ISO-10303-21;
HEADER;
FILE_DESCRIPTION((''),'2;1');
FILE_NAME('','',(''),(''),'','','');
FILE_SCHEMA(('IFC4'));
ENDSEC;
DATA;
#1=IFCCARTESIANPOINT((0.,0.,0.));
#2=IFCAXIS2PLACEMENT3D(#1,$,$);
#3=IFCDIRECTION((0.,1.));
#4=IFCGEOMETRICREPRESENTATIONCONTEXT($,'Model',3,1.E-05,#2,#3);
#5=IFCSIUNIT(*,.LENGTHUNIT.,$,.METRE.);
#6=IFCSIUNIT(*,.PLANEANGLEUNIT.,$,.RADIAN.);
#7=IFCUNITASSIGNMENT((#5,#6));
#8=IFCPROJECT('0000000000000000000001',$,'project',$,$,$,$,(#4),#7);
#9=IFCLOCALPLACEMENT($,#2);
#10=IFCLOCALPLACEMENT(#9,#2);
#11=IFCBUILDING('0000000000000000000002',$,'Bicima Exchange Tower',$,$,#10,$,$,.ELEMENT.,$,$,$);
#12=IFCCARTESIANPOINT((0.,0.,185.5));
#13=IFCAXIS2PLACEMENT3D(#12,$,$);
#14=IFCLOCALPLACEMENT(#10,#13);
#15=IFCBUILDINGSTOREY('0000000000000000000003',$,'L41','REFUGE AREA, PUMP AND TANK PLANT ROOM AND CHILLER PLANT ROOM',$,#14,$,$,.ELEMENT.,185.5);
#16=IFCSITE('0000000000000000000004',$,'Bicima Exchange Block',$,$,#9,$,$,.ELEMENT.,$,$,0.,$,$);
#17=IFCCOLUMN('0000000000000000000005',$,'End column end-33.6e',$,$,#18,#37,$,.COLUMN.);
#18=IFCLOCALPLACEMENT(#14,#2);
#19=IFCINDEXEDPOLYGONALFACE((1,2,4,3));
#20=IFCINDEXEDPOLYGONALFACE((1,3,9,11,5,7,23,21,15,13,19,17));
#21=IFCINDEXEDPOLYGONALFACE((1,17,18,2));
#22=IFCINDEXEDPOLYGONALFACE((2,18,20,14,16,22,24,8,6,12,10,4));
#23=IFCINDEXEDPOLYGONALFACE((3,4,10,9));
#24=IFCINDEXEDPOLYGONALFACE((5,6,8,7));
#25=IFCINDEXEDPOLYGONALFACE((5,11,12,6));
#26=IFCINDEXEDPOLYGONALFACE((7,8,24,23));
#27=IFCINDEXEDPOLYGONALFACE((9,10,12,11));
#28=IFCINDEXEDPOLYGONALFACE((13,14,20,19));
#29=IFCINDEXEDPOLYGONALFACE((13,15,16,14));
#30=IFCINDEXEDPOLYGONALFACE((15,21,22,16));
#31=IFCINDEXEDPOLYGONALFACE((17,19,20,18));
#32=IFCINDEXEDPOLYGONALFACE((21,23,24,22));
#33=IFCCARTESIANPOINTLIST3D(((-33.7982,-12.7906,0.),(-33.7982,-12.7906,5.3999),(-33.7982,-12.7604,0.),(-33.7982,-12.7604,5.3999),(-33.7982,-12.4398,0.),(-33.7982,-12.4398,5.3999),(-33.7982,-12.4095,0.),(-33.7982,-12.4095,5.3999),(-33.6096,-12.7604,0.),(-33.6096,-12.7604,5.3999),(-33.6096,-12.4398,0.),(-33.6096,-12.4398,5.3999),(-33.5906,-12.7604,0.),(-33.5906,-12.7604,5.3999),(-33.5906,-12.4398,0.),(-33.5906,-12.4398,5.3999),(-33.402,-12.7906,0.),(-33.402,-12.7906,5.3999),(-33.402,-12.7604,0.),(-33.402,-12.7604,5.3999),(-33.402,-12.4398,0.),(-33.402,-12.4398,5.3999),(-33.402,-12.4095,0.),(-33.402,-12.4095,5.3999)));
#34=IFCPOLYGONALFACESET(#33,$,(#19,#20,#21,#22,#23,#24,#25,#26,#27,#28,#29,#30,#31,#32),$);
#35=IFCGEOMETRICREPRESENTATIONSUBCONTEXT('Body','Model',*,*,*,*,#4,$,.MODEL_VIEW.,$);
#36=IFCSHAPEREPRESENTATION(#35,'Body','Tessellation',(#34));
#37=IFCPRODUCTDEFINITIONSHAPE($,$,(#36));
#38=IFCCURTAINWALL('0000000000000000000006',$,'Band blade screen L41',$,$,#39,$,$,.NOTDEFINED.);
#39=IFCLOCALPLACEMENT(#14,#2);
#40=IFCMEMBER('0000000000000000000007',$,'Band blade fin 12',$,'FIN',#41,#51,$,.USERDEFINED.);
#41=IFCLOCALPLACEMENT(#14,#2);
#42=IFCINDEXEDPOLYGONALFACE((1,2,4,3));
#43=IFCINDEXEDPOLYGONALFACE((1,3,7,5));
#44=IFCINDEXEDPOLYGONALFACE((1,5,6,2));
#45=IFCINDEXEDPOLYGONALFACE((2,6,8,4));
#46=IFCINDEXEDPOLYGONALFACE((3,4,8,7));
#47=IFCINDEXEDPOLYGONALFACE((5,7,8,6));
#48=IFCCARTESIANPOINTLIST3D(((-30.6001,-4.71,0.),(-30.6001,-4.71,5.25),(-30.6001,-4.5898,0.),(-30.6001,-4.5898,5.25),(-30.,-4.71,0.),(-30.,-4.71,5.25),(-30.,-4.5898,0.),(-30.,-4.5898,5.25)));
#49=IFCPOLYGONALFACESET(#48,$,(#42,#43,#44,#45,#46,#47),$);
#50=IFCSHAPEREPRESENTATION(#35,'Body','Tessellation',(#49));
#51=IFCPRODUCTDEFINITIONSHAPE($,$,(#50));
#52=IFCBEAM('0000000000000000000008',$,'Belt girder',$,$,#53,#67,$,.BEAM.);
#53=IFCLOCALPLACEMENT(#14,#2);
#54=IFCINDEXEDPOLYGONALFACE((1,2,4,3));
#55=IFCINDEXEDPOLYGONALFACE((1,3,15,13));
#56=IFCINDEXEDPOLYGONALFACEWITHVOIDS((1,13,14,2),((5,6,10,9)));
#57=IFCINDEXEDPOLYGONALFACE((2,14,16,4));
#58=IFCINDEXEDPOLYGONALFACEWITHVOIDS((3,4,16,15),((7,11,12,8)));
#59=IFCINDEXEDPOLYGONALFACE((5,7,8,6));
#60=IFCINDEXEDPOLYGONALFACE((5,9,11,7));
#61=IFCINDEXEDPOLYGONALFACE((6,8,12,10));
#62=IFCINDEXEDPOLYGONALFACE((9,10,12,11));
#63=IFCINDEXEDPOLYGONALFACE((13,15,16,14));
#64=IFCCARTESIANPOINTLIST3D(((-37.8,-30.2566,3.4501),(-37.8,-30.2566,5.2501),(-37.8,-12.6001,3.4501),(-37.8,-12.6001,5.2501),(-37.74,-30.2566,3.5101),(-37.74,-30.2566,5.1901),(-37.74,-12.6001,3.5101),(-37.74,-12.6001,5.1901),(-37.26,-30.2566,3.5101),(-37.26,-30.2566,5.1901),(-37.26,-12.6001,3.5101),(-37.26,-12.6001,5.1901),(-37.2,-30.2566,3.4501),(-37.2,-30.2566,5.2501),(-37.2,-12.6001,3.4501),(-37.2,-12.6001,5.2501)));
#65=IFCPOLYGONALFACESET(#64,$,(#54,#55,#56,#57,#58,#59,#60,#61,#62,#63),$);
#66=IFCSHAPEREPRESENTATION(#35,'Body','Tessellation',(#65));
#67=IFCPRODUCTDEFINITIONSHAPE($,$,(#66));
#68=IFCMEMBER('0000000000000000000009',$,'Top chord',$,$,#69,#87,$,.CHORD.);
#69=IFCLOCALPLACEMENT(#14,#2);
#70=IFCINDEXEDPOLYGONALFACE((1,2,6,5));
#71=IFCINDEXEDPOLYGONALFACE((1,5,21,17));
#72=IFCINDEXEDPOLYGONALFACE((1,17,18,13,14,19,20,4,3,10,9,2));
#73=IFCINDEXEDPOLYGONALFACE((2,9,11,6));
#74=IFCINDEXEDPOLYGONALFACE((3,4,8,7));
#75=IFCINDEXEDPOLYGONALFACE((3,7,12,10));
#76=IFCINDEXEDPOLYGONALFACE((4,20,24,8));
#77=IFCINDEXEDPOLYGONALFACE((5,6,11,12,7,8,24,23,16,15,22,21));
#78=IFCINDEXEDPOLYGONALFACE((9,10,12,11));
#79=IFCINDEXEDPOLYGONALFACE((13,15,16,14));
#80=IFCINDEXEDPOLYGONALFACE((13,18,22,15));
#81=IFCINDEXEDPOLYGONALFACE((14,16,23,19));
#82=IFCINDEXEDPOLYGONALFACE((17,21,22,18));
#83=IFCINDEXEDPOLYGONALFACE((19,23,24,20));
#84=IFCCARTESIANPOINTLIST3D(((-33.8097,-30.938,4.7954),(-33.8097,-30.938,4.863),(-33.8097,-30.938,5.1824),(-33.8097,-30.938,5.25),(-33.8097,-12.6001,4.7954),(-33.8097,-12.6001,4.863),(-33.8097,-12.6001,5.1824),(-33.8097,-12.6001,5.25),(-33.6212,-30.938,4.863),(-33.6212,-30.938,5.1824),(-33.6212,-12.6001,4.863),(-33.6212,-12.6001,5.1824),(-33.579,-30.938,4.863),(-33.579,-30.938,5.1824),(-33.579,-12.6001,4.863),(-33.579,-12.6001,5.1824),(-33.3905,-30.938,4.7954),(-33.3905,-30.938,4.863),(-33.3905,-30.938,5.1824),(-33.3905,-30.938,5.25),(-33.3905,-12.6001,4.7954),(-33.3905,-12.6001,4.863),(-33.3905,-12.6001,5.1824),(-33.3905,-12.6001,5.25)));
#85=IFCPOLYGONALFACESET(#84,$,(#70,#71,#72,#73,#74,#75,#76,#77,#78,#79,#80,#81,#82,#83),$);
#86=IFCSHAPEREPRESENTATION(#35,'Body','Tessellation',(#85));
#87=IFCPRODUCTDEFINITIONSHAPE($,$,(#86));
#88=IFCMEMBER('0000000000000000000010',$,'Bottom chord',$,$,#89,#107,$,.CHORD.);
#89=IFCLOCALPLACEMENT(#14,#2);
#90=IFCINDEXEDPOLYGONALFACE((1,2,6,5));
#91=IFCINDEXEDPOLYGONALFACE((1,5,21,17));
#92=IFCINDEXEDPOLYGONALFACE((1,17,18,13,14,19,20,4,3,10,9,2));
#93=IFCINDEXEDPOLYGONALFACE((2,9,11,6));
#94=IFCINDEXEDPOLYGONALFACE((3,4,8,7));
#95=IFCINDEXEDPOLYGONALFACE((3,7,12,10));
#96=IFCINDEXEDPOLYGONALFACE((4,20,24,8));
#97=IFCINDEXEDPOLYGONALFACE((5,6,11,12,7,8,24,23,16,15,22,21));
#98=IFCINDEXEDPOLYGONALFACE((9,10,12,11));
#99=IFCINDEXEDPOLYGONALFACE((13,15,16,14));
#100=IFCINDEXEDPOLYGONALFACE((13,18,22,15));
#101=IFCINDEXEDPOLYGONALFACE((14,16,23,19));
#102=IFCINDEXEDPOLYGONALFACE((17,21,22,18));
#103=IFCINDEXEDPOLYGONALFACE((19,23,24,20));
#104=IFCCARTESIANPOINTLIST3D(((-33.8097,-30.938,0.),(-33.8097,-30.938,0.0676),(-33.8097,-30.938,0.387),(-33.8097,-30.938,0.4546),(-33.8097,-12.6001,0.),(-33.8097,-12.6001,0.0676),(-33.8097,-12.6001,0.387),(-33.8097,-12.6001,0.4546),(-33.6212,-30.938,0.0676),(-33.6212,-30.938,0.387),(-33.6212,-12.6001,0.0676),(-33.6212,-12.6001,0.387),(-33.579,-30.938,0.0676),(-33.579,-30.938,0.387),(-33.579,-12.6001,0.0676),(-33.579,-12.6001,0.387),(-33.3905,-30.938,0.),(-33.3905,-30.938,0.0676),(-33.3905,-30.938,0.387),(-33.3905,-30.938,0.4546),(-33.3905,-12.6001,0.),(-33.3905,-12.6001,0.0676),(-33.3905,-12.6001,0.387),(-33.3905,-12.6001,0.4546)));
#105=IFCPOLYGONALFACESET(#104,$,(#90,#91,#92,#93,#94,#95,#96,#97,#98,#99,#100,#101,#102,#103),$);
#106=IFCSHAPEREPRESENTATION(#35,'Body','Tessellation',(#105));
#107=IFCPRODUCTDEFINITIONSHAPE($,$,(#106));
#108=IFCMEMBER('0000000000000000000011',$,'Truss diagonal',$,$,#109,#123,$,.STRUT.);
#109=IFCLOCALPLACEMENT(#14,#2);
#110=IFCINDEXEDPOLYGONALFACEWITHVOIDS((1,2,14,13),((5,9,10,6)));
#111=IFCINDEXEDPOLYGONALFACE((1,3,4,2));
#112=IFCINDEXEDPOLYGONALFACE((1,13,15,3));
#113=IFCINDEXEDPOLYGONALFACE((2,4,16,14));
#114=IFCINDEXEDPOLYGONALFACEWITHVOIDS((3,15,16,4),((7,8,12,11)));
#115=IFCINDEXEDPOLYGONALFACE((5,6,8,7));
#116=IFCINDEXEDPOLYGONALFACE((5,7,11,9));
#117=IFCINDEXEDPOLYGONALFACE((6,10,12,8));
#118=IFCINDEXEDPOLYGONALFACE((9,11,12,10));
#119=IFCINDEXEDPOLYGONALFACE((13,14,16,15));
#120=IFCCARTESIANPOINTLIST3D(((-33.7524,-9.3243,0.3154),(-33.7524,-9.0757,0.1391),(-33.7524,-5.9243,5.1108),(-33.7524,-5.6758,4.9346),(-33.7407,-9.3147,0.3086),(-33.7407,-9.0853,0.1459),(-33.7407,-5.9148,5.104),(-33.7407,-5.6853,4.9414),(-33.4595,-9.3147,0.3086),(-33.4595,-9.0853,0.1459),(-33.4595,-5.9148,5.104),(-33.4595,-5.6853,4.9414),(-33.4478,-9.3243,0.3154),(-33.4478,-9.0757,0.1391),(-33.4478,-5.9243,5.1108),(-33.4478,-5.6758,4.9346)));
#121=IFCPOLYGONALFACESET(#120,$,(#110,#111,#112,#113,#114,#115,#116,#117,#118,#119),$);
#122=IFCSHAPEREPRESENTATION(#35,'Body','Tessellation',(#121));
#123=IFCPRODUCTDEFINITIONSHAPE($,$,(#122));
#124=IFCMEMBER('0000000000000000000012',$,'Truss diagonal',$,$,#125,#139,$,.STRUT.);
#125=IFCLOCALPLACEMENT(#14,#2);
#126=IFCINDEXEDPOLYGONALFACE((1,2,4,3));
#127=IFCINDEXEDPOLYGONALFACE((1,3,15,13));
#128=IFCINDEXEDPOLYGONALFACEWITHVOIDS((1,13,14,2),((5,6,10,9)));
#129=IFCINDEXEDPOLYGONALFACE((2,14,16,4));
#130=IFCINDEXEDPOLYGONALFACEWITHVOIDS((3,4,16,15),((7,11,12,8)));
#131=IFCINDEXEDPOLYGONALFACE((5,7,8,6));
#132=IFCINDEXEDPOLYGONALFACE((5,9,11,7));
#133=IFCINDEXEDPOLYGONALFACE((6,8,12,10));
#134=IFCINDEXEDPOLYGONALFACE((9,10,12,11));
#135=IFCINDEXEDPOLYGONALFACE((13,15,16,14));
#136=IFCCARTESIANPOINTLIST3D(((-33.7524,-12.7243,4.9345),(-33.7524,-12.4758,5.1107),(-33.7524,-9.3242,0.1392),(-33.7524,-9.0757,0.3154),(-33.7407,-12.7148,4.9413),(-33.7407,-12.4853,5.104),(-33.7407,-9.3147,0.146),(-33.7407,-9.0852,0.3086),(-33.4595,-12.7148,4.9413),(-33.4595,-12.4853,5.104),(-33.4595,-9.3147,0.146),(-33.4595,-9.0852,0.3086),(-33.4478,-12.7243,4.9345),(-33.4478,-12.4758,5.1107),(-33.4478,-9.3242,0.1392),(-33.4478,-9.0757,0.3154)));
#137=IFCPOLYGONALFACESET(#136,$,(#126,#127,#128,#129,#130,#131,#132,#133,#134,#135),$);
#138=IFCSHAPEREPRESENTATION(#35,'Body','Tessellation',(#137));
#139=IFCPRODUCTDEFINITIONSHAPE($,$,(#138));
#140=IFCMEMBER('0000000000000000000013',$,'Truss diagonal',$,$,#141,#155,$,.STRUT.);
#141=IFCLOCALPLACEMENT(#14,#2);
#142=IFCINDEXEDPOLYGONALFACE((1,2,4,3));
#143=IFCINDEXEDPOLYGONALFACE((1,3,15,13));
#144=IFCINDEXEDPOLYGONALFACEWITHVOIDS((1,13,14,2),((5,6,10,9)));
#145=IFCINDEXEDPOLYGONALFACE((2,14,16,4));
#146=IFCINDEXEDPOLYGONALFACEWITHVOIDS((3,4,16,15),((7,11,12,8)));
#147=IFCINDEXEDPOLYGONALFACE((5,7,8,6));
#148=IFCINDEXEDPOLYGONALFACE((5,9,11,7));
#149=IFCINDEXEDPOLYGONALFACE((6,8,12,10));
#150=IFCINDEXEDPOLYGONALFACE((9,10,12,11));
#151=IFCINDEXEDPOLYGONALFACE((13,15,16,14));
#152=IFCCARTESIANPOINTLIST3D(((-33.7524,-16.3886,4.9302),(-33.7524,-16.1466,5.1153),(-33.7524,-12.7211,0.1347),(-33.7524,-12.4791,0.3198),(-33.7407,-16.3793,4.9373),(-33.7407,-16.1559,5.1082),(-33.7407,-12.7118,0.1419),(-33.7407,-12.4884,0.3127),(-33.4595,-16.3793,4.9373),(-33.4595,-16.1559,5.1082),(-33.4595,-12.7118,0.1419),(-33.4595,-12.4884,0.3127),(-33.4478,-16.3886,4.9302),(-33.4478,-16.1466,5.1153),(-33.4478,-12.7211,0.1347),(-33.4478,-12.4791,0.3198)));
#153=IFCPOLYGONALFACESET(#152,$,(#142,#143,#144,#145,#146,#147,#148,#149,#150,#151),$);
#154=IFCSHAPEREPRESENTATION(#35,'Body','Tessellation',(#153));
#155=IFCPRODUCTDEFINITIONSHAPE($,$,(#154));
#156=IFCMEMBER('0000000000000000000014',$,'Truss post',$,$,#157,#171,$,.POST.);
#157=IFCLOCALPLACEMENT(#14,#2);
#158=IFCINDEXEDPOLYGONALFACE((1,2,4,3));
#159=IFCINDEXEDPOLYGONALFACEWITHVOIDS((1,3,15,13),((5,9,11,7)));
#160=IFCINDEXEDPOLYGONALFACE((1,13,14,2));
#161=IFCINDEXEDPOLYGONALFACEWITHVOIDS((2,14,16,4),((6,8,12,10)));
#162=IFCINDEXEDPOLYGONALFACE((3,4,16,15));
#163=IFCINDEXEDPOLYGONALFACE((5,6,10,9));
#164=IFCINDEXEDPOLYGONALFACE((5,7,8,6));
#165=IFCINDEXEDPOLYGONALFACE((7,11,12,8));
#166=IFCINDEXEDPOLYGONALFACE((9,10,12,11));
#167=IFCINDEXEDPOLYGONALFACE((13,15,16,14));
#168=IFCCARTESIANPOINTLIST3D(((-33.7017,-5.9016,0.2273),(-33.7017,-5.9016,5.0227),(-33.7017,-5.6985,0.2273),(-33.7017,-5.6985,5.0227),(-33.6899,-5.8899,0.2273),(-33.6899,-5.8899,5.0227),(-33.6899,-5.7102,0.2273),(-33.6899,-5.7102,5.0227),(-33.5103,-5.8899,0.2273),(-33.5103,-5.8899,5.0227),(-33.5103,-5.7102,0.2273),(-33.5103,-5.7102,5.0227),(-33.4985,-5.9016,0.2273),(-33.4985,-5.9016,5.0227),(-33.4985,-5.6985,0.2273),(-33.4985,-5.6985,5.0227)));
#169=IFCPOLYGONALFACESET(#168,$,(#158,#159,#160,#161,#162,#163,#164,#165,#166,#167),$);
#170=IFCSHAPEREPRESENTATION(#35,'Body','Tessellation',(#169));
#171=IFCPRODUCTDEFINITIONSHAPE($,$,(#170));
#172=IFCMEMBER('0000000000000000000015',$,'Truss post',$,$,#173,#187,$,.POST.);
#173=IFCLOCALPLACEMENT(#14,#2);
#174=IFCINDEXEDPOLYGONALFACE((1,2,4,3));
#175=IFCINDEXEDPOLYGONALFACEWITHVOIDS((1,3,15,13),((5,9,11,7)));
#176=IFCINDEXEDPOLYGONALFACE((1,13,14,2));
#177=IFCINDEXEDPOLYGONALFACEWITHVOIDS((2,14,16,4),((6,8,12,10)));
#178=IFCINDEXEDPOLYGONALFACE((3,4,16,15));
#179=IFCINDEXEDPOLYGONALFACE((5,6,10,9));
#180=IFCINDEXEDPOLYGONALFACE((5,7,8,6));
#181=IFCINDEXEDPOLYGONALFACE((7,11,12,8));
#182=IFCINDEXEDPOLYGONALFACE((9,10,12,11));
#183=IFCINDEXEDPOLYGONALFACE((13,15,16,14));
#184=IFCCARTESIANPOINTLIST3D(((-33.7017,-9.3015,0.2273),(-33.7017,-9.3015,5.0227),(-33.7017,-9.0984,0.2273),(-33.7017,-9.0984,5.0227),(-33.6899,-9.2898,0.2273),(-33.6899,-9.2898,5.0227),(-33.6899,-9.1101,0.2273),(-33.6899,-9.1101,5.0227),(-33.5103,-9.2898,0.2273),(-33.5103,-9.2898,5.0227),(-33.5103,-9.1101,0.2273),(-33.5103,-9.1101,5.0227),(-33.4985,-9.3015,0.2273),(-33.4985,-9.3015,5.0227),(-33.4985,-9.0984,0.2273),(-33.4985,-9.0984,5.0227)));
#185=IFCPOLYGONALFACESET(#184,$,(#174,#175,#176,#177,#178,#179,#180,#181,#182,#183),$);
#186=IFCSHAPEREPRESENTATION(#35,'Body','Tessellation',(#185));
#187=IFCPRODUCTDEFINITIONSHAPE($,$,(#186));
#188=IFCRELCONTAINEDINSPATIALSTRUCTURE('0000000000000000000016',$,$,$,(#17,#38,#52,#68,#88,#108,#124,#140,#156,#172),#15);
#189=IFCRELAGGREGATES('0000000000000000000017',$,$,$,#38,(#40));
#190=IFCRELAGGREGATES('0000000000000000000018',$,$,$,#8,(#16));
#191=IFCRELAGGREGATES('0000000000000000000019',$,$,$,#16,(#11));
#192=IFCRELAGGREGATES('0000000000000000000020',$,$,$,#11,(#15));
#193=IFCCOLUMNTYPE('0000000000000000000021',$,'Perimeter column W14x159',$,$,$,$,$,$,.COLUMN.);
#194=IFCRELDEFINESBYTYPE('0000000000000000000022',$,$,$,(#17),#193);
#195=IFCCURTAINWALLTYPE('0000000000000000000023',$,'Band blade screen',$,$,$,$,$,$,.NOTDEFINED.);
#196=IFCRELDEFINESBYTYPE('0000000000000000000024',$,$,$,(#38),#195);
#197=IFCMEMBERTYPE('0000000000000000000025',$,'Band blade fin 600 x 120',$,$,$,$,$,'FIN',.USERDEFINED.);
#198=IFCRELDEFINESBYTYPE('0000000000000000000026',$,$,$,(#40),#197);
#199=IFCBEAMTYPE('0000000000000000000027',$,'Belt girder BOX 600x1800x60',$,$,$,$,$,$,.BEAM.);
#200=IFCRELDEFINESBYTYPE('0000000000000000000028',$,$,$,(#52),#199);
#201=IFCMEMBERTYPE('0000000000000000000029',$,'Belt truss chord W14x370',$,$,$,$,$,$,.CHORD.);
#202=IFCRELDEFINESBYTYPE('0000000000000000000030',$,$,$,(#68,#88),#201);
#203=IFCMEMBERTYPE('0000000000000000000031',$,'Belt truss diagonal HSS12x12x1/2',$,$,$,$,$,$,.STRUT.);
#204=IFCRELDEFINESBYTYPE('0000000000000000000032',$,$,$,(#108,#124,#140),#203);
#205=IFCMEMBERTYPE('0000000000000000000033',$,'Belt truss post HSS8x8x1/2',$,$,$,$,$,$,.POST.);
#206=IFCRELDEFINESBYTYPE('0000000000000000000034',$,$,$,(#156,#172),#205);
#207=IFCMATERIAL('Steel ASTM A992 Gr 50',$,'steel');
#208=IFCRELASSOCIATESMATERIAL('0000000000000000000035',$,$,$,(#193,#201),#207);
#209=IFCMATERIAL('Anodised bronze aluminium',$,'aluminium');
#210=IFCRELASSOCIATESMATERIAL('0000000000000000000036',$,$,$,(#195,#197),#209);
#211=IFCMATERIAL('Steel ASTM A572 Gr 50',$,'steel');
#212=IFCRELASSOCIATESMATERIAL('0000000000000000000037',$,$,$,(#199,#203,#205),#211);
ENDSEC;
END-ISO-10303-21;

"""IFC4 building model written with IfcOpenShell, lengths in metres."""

from ifc_helpers import new_model, si_unit, direction, frame, origin, origin_2d, place, context, subcontext, project, spatial, rectangle, hollow_rectangle, i_section, extrude, material, material_profile, profile_set, type_object, element, aggregate, save


model = new_model("IFC4")

# Units and contexts
model_context = context("Model", 3, precision=1e-05, world=origin(), true_north=direction((0.0, 1.0)))
body_context = subcontext(model_context, "Body", "Model", "MODEL_VIEW")
ifc_project = project(units=[si_unit("LENGTHUNIT", "METRE"), si_unit("PLANEANGLEUNIT", "RADIAN")], contexts=[model_context])

# Site, building, storey
site_placement = place(None, origin())
site = spatial("IfcSite", under=ifc_project, at=site_placement, Name="Bicima Exchange Block", CompositionType="ELEMENT", RefElevation=0.0)
building_placement = place(site_placement, origin())
building = spatial("IfcBuilding", under=site, at=building_placement, Name="Bicima Exchange Tower", CompositionType="ELEMENT")
storey_placement = place(building_placement, frame((0.0, 0.0, 185.5)))
storey = spatial("IfcBuildingStorey", under=building, at=storey_placement, Name="L41", Description="REFUGE AREA, PUMP AND TANK PLANT ROOM AND CHILLER PLANT ROOM", CompositionType="ELEMENT", Elevation=185.5)

# Column
ifc_material_1 = material(Name="Steel ASTM A992 Gr 50", Category="steel")
ifc_material_profile_1 = material_profile(ifc_material_1, i_section(OverallWidth=0.3962, OverallDepth=0.3811, WebThickness=0.019, FlangeThickness=0.0303, at=origin_2d()))
ifc_profile_set_1 = profile_set([ifc_material_profile_1], Name="Steel ASTM A992 Gr 50")
column_type = type_object("IfcColumnType", Name="Perimeter column W14x159", PredefinedType="COLUMN", material=ifc_profile_set_1)
column_placement = place(storey_placement, frame((-33.6001, -12.6001, 0.0), z_axis=(0.0, 0.0, 1.0), x_axis=(1.0, 0.0, 0.0)))
element("IfcColumn", 1, at=column_placement, inside=storey, type_object=column_type, Name="End column end-33.6e", PredefinedType="COLUMN", context=body_context, shape_type="SweptSolid", body=[
    extrude(i_section(OverallWidth=0.3962, OverallDepth=0.3811, WebThickness=0.019, FlangeThickness=0.0303, at=origin_2d()), origin(), (0.0, 0.0, 1.0), 5.3999),
])

# Curtain wall, member
ifc_material_2 = material(Name="Anodised bronze aluminium", Category="aluminium")
curtain_wall_type = type_object("IfcCurtainWallType", Name="Band blade screen", PredefinedType="NOTDEFINED", material=ifc_material_2)
curtain_wall_placement = place(storey_placement, origin())
curtain_wall = element("IfcCurtainWall", 2, at=curtain_wall_placement, inside=storey, type_object=curtain_wall_type, Name="Band blade screen L41", PredefinedType="NOTDEFINED")
ifc_material_profile_2 = material_profile(ifc_material_2, rectangle(XDim=0.6001, YDim=0.1201, at=origin_2d()))
ifc_profile_set_2 = profile_set([ifc_material_profile_2], Name="Anodised bronze aluminium")
member_type_1 = type_object("IfcMemberType", Name="Band blade fin 600 x 120", ElementType="FIN", PredefinedType="USERDEFINED", material=ifc_profile_set_2)
member_1_placement = place(storey_placement, frame((-30.3, -4.6499, 0.0), z_axis=(0.0, 0.0, 1.0), x_axis=(1.0, 0.0, 0.0)))
member_1 = element("IfcMember", 3, at=member_1_placement, type_object=member_type_1, Name="Band blade fin 12", ObjectType="FIN", PredefinedType="USERDEFINED", context=body_context, shape_type="SweptSolid", body=[
    extrude(rectangle(XDim=0.6001, YDim=0.1201, at=origin_2d()), origin(), (0.0, 0.0, 1.0), 5.25),
])
aggregate(curtain_wall, [member_1])

# Beam
ifc_material_3 = material(Name="Steel ASTM A572 Gr 50", Category="steel")
ifc_material_profile_3 = material_profile(ifc_material_3, hollow_rectangle(XDim=0.6001, YDim=1.8, WallThickness=0.0601, at=origin_2d()))
ifc_profile_set_3 = profile_set([ifc_material_profile_3], Name="Steel ASTM A572 Gr 50")
beam_type_1 = type_object("IfcBeamType", Name="Belt girder BOX 600x1800x60", PredefinedType="BEAM", material=ifc_profile_set_3)
beam_1_placement = place(storey_placement, frame((-37.5, -12.6001, 4.3501), z_axis=(0.0, -1.0, 0.0), x_axis=(1.0, 0.0, 0.0)))
element("IfcBeam", 4, at=beam_1_placement, inside=storey, type_object=beam_type_1, Name="Belt girder", PredefinedType="BEAM", context=body_context, shape_type="SweptSolid", body=[
    extrude(hollow_rectangle(XDim=0.6001, YDim=1.8, WallThickness=0.0601, at=origin_2d()), origin(), (0.0, 0.0, 1.0), 17.6565),
])

# Members
ifc_material_profile_4 = material_profile(ifc_material_1, i_section(OverallWidth=0.4192, OverallDepth=0.4546, WebThickness=0.0422, FlangeThickness=0.0676, at=origin_2d()))
ifc_profile_set_4 = profile_set([ifc_material_profile_4], Name="Steel ASTM A992 Gr 50")
member_type_2 = type_object("IfcMemberType", Name="Belt truss chord W14x370", PredefinedType="CHORD", material=ifc_profile_set_4)
for number, where, z_axis, x_axis, name in (
    (5, (-33.6001, -12.6001, 5.0227), (0.0, -1.0, 0.0), (1.0, 0.0, 0.0), "Top chord"),
    (6, (-33.6001, -12.6001, 0.2273), (0.0, -1.0, 0.0), (1.0, 0.0, 0.0), "Bottom chord"),
):
    element("IfcMember", number, at=place(storey_placement, frame(where, z_axis=z_axis, x_axis=x_axis)), inside=storey, type_object=member_type_2, Name=name, PredefinedType="CHORD", context=body_context, shape_type="SweptSolid", body=[
        extrude(i_section(OverallWidth=0.4192, OverallDepth=0.4546, WebThickness=0.0422, FlangeThickness=0.0676, at=origin_2d()), origin(), (0.0, 0.0, 1.0), 18.3379),
    ])
ifc_material_profile_5 = material_profile(ifc_material_3, hollow_rectangle(XDim=0.3047, YDim=0.3047, WallThickness=0.0117, at=origin_2d()))
ifc_profile_set_5 = profile_set([ifc_material_profile_5], Name="Steel ASTM A572 Gr 50")
member_type_3 = type_object("IfcMemberType", Name="Belt truss diagonal HSS12x12x1/2", PredefinedType="STRUT", material=ifc_profile_set_5)
for number, where, z_axis, x_axis, name in (
    (7, (-33.6001, -5.8, 5.0227), (0.0, -0.578375, -0.815771), (1.0, 0.0, 0.0), "Truss diagonal"),
    (8, (-33.6001, -9.2, 0.2273), (0.0, -0.578402, 0.815752), (1.0, 0.0, 0.0), "Truss diagonal"),
):
    element("IfcMember", number, at=place(storey_placement, frame(where, z_axis=z_axis, x_axis=x_axis)), inside=storey, type_object=member_type_3, Name=name, PredefinedType="STRUT", context=body_context, shape_type="SweptSolid", body=[
        extrude(hollow_rectangle(XDim=0.3047, YDim=0.3047, WallThickness=0.0117, at=origin_2d()), origin(), (0.0, 0.0, 1.0), 5.8784),
    ])
member_2_placement = place(storey_placement, frame((-33.6001, -12.6001, 0.2273), z_axis=(0.0, -0.607492, 0.794326), x_axis=(1.0, 0.0, 0.0)))
element("IfcMember", 9, at=member_2_placement, inside=storey, type_object=member_type_3, Name="Truss diagonal", PredefinedType="STRUT", context=body_context, shape_type="SweptSolid", body=[
    extrude(hollow_rectangle(XDim=0.3047, YDim=0.3047, WallThickness=0.0117, at=origin_2d()), origin(), (0.0, 0.0, 1.0), 6.0371),
])
ifc_material_profile_6 = material_profile(ifc_material_3, hollow_rectangle(XDim=0.2031, YDim=0.2031, WallThickness=0.0117, at=origin_2d()))
ifc_profile_set_6 = profile_set([ifc_material_profile_6], Name="Steel ASTM A572 Gr 50")
member_type_4 = type_object("IfcMemberType", Name="Belt truss post HSS8x8x1/2", PredefinedType="POST", material=ifc_profile_set_6)
for number, where, z_axis, x_axis, name in (
    (10, (-33.6001, -5.8, 0.2273), (0.0, 0.0, 1.0), (1.0, 0.0, 0.0), "Truss post"),
    (11, (-33.6001, -9.2, 0.2273), (0.0, 0.0, 1.0), (1.0, 0.0, 0.0), "Truss post"),
):
    element("IfcMember", number, at=place(storey_placement, frame(where, z_axis=z_axis, x_axis=x_axis)), inside=storey, type_object=member_type_4, Name=name, PredefinedType="POST", context=body_context, shape_type="SweptSolid", body=[
        extrude(hollow_rectangle(XDim=0.2031, YDim=0.2031, WallThickness=0.0117, at=origin_2d()), origin(), (0.0, 0.0, 1.0), 4.7954),
    ])

save(model, "model.ifc")
